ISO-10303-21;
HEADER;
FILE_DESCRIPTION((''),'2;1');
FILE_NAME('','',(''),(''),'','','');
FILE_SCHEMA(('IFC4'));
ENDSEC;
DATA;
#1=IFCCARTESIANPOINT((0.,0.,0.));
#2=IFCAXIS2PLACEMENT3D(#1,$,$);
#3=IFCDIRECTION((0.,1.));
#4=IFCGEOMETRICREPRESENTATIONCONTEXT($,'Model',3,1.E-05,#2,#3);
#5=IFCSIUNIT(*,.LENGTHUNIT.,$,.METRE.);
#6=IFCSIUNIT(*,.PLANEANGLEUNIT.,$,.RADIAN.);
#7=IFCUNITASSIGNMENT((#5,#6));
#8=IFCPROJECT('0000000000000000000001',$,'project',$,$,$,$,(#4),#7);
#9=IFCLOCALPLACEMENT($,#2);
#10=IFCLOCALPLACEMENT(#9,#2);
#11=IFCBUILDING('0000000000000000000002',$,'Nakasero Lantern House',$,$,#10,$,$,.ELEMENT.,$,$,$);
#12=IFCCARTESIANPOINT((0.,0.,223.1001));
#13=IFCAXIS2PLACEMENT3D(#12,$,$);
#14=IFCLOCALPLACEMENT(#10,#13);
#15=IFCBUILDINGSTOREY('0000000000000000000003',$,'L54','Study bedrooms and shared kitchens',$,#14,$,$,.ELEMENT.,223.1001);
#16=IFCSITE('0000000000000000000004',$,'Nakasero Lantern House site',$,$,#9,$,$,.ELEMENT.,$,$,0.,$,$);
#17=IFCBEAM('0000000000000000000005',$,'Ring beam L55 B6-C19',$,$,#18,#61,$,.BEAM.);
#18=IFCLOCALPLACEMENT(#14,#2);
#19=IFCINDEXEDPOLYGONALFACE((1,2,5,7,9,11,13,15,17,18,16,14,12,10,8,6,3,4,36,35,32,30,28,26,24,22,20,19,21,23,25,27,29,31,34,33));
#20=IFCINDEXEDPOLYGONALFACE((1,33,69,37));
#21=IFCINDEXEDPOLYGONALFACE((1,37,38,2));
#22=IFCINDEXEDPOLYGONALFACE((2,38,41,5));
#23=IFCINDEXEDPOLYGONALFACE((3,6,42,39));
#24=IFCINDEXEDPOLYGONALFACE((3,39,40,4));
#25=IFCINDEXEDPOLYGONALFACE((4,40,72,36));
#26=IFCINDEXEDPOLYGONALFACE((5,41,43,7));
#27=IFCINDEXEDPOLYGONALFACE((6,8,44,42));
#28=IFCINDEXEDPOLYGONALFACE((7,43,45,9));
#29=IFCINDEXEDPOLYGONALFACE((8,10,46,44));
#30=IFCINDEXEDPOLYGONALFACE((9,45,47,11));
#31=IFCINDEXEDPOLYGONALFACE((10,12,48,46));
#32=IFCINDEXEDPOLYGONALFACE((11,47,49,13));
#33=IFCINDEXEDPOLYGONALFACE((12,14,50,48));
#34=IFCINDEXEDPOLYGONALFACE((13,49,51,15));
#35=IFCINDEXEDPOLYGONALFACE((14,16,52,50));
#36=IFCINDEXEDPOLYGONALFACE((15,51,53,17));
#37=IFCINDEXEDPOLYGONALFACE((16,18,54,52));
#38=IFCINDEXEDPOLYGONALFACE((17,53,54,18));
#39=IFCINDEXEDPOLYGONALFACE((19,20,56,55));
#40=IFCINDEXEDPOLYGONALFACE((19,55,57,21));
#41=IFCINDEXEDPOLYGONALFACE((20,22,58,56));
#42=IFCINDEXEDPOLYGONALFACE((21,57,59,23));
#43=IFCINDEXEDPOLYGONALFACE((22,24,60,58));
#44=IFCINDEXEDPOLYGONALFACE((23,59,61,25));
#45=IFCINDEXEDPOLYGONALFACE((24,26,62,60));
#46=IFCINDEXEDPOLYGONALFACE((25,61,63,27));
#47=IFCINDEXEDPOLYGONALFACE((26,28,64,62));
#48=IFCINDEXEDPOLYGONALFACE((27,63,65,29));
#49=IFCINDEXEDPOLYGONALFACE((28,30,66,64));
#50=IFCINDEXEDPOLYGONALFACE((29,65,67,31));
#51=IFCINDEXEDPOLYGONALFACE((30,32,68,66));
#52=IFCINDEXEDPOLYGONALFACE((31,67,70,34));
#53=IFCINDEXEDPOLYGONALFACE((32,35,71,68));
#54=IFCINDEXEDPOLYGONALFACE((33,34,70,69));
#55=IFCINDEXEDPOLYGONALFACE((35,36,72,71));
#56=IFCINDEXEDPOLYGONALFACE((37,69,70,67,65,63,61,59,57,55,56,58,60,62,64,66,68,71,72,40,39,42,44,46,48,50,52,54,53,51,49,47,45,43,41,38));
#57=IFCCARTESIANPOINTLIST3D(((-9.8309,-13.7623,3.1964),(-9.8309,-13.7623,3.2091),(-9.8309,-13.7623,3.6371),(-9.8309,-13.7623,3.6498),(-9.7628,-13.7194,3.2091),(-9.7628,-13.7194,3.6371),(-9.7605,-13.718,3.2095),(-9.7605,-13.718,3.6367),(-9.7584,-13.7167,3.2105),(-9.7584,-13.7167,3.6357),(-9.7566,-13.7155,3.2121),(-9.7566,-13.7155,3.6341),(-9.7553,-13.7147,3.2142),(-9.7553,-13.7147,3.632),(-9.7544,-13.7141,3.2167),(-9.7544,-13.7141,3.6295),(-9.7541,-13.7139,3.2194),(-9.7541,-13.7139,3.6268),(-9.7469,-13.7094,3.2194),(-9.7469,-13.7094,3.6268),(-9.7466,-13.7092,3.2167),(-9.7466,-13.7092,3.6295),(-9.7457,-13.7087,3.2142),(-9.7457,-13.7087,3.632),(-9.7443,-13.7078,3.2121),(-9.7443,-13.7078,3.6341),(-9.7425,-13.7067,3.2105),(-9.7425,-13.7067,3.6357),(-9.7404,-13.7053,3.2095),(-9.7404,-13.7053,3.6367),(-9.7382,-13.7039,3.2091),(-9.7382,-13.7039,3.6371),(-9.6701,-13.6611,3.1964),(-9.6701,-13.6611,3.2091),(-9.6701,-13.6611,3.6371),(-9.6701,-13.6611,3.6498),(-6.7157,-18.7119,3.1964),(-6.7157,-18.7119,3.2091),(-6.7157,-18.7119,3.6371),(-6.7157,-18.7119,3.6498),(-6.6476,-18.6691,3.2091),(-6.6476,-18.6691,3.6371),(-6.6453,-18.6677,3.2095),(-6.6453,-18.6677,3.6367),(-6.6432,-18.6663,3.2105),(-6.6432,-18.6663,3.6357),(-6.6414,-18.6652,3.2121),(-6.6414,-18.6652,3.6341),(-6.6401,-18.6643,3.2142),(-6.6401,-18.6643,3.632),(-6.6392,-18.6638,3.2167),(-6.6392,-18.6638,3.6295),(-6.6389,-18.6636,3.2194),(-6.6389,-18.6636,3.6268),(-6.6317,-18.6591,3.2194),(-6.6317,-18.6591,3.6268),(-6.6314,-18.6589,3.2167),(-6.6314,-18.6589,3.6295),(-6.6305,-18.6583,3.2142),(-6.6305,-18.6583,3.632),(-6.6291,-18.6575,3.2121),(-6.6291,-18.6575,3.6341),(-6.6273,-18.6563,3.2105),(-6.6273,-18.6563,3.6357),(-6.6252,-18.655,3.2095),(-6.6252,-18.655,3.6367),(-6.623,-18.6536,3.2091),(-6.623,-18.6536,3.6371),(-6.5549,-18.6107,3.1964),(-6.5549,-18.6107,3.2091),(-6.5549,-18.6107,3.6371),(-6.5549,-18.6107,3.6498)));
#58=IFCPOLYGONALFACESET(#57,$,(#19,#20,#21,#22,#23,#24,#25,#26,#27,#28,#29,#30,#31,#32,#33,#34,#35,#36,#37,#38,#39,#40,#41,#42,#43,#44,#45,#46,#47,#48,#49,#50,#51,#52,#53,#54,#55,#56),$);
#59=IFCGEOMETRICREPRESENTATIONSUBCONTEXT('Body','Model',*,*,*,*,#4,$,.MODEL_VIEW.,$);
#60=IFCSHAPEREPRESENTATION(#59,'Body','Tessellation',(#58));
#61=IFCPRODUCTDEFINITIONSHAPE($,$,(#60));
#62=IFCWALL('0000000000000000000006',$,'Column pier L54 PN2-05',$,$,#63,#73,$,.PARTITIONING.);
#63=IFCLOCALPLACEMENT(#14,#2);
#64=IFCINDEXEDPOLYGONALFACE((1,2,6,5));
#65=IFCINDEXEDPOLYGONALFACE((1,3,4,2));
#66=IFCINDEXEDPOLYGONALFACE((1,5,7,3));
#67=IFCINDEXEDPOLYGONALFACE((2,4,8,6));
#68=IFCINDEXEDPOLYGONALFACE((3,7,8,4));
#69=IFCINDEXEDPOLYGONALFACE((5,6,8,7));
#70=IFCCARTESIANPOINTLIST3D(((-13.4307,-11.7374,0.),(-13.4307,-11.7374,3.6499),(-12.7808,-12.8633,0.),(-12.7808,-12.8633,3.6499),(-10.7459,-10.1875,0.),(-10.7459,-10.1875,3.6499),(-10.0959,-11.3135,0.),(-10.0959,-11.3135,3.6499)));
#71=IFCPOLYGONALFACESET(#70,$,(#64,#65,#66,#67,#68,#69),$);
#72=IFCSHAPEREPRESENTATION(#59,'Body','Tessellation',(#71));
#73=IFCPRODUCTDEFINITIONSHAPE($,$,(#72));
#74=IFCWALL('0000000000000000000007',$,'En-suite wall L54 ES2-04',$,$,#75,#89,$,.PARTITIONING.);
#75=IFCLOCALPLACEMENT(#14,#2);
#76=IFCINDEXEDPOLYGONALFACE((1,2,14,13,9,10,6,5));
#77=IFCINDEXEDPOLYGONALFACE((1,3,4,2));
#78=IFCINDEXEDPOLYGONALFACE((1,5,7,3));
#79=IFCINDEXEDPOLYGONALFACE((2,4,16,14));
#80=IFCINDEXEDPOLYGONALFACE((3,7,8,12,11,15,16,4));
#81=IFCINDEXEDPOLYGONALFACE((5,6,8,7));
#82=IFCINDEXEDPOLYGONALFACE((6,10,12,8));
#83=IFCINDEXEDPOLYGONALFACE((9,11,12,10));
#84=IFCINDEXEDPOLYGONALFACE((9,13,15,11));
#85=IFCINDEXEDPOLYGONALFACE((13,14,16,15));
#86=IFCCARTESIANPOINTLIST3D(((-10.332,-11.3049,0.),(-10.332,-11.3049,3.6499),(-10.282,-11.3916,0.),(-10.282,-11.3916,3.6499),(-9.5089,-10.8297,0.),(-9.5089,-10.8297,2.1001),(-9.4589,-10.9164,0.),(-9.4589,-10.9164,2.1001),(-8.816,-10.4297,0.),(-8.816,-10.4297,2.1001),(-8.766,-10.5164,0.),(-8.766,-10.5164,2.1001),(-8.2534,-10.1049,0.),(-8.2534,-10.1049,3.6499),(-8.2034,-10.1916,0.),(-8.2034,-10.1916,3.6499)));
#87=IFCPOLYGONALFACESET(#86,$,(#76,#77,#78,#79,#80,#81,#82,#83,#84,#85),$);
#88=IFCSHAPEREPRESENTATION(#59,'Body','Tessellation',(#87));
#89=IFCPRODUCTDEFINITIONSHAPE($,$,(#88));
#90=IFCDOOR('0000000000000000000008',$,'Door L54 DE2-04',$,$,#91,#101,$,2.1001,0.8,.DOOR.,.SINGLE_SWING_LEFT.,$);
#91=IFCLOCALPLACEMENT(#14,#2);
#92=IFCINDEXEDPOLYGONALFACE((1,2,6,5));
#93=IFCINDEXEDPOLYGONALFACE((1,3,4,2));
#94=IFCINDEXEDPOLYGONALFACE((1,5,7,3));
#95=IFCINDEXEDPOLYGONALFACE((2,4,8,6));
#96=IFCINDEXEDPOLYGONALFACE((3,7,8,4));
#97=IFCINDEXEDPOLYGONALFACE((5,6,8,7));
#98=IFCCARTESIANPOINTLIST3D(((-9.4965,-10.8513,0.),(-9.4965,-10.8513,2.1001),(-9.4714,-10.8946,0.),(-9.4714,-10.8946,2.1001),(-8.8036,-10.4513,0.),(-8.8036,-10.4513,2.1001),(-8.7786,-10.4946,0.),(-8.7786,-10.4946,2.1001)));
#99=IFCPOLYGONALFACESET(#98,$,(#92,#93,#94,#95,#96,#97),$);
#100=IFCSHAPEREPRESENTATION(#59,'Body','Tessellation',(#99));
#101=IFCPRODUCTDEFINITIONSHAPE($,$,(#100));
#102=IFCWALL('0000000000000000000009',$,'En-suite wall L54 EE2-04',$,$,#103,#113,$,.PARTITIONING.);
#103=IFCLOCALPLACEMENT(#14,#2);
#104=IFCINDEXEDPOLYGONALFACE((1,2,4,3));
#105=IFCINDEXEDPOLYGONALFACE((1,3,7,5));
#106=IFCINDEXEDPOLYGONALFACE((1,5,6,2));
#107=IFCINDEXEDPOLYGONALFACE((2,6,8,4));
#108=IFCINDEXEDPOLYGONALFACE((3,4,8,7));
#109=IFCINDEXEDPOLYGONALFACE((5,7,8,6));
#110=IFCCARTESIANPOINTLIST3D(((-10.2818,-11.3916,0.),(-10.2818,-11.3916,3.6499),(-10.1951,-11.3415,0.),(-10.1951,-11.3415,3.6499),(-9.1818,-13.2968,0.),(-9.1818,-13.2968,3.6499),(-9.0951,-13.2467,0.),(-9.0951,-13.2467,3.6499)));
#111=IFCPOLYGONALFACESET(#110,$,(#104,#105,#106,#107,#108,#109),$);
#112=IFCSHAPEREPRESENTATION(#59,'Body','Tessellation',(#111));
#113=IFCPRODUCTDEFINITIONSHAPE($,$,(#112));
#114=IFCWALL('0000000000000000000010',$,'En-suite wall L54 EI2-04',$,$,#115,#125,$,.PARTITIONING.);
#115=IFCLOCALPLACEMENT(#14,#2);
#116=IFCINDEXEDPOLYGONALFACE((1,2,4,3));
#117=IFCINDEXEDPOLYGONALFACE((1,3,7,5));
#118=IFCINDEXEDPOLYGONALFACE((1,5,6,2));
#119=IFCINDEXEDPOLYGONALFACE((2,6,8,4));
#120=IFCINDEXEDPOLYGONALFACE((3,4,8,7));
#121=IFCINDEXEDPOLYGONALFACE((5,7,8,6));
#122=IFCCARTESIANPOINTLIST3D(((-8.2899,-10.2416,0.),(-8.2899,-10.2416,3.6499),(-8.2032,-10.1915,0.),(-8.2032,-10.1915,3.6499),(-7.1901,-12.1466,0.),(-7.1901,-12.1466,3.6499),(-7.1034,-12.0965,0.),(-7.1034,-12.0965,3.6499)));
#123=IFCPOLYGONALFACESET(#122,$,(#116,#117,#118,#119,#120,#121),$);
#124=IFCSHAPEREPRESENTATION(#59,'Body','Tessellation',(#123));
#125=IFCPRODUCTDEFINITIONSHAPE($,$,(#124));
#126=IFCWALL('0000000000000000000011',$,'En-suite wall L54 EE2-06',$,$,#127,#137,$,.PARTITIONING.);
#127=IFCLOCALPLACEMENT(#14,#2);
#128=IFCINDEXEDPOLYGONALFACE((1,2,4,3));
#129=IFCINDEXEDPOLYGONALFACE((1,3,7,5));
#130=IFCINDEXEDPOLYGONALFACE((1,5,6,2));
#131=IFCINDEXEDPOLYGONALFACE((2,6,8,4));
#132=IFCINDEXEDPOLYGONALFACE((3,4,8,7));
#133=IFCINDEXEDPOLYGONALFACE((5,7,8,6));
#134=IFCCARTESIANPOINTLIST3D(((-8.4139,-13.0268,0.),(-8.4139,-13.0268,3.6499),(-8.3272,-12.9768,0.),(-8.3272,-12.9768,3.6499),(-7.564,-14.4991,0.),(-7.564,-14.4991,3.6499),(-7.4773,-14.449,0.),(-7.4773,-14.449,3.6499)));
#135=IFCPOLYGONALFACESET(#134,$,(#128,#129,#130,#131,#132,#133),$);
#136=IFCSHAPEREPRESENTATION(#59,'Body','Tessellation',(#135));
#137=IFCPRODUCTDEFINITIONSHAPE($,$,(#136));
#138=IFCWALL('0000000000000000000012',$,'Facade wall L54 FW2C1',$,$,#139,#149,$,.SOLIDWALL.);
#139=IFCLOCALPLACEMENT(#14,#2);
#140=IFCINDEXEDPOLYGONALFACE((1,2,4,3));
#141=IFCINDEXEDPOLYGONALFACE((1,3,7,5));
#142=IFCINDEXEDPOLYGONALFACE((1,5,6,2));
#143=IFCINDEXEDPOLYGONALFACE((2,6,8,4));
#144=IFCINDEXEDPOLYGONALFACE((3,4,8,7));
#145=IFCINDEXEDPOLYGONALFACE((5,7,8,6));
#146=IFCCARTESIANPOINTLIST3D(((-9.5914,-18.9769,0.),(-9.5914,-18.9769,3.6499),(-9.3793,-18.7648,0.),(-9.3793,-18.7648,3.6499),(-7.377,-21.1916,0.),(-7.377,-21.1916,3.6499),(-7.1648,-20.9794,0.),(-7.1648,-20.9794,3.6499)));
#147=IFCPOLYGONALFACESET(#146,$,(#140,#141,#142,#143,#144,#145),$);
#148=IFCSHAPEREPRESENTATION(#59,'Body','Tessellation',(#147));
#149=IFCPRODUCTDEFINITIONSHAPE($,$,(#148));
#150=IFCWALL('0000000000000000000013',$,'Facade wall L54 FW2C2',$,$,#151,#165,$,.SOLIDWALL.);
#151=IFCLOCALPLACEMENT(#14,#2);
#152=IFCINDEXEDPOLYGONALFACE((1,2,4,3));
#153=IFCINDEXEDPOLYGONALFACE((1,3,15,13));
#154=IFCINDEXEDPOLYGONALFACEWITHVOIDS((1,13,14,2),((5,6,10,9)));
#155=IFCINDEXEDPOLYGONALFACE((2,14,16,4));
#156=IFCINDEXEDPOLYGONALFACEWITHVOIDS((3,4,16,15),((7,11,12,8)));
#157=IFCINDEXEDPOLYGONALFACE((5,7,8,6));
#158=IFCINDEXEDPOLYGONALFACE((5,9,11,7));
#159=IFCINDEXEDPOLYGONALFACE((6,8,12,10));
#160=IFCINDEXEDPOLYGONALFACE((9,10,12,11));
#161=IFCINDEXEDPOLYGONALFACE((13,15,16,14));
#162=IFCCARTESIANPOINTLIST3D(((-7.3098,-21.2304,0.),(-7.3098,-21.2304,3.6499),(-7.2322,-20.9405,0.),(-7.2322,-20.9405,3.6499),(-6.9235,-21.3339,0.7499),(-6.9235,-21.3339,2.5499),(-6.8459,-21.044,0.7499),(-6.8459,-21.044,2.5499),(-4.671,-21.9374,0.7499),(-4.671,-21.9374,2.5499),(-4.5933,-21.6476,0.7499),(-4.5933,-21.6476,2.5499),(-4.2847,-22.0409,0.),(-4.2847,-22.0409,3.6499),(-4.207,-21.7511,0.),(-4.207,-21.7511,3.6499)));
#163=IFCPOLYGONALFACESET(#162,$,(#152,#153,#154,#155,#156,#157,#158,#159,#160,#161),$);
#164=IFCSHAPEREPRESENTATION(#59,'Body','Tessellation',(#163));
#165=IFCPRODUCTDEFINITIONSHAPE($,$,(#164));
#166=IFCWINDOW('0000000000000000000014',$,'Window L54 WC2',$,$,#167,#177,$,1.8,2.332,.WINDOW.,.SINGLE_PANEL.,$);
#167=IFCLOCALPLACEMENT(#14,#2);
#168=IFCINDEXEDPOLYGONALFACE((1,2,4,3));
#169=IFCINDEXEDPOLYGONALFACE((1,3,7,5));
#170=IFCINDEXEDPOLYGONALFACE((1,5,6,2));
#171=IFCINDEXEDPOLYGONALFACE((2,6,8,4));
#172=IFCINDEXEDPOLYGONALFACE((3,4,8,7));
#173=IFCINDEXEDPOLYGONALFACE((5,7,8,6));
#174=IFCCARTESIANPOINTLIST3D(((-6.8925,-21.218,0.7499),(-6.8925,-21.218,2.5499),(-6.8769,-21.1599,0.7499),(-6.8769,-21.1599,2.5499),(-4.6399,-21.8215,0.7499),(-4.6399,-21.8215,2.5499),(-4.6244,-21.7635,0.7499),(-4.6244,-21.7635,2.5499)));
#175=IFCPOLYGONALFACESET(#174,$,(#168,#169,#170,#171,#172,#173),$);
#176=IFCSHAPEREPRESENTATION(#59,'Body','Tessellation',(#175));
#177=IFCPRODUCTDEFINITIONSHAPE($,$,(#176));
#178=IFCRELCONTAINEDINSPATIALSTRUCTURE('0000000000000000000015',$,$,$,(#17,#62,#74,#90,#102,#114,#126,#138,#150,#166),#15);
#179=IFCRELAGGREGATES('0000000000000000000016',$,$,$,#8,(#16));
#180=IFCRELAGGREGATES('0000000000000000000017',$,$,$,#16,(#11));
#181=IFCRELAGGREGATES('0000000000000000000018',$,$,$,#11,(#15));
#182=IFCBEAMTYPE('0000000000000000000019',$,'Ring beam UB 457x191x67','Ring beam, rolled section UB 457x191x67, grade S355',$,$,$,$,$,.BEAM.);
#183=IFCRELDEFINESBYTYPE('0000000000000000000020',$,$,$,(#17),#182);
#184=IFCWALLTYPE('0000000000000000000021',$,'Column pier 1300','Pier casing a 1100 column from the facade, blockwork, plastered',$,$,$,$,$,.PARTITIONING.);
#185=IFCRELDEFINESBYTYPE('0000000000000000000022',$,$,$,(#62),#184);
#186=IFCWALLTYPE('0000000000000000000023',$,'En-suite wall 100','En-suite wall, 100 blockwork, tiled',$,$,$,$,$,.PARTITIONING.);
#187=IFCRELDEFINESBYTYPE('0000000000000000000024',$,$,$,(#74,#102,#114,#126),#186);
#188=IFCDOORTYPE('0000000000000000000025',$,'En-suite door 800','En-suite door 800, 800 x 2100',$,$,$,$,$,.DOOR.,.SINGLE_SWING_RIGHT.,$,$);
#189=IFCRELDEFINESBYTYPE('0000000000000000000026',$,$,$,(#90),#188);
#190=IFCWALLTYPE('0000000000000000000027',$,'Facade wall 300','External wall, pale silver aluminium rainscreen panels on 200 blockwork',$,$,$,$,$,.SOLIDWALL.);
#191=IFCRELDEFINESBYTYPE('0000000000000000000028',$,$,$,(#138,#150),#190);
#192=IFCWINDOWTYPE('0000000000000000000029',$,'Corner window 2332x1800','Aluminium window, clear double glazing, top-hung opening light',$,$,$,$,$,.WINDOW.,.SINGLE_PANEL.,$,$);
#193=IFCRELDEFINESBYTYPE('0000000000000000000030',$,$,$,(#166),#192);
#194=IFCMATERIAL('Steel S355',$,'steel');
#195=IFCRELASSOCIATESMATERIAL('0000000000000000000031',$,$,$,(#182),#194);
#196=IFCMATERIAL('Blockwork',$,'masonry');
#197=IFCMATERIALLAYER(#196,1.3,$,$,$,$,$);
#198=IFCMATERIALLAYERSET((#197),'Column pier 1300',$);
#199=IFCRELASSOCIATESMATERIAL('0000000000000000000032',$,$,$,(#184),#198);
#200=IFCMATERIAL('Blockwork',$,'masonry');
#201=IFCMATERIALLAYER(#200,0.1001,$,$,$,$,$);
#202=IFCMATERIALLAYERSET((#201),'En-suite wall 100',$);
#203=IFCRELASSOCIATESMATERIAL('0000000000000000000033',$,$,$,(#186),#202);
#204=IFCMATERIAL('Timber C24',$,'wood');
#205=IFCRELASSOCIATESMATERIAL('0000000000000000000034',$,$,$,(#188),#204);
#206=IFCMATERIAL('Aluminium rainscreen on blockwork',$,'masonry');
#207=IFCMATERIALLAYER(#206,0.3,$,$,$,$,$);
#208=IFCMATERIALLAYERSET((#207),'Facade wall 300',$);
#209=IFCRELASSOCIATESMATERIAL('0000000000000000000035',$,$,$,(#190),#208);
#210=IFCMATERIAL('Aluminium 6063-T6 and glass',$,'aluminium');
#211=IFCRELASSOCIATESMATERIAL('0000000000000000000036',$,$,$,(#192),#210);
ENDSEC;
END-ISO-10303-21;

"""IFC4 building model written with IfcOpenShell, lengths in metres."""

from ifc_helpers import new_model, si_unit, direction, frame, frame_2d, origin, origin_2d, place, context, subcontext, project, spatial, rectangle, i_section, extrude, material, layer, layer_set, material_profile, profile_set, type_object, element, fill, save


model = new_model("IFC4")

# Units and contexts
model_context = context("Model", 3, precision=1e-05, world=origin(), true_north=direction((0.0, 1.0)))
body_context = subcontext(model_context, "Body", "Model", "MODEL_VIEW")
ifc_project = project(units=[si_unit("LENGTHUNIT", "METRE"), si_unit("PLANEANGLEUNIT", "RADIAN")], contexts=[model_context])

# Site, building, storey
site_placement = place(None, origin())
site = spatial("IfcSite", under=ifc_project, at=site_placement, Name="Nakasero Lantern House site", CompositionType="ELEMENT", RefElevation=0.0)
building_placement = place(site_placement, origin())
building = spatial("IfcBuilding", under=site, at=building_placement, Name="Nakasero Lantern House", CompositionType="ELEMENT")
storey_placement = place(building_placement, frame((0.0, 0.0, 223.1001)))
storey = spatial("IfcBuildingStorey", under=building, at=storey_placement, Name="L54", Description="Study bedrooms and shared kitchens", CompositionType="ELEMENT", Elevation=223.1001)

# Beam
ifc_material_1 = material(Name="Steel S355", Category="steel")
ifc_material_profile_1 = material_profile(ifc_material_1, i_section(OverallWidth=0.1899, OverallDepth=0.4534, WebThickness=0.0085, FlangeThickness=0.0127, FilletRadius=0.0103, at=origin_2d()), Name="UB 457x191x67")
ifc_profile_set_1 = profile_set([ifc_material_profile_1], Name="Steel S355")
beam_type_1 = type_object("IfcBeamType", Name="Ring beam UB 457x191x67", Description="Ring beam, rolled section UB 457x191x67, grade S355", PredefinedType="BEAM", material=ifc_profile_set_1)
beam_1_placement = place(storey_placement, frame((-9.7505, -13.7117, 3.4231), z_axis=(0.53266, -0.846329, 0.0), x_axis=(0.846329, 0.53266, 0.0)))
element("IfcBeam", 1, at=beam_1_placement, inside=storey, type_object=beam_type_1, Name="Ring beam L55 B6-C19", PredefinedType="BEAM", context=body_context, shape_type="SweptSolid", body=[
    extrude(i_section(OverallWidth=0.1899, OverallDepth=0.4534, WebThickness=0.0085, FlangeThickness=0.0127, FilletRadius=0.0103, at=origin_2d()), origin(), (0.0, 0.0, 1.0), 5.8484),
])

# Wall
ifc_material_2 = material(Name="Blockwork", Category="masonry")
ifc_layer_1 = layer(ifc_material_2, 1.3)
ifc_layer_set_1 = layer_set([ifc_layer_1], Name="Column pier 1300")
wall_type_1 = type_object("IfcWallType", Name="Column pier 1300", Description="Pier casing a 1100 column from the facade, blockwork, plastered", PredefinedType="PARTITIONING", material=ifc_layer_set_1)
wall_1_placement = place(storey_placement, frame((-10.4209, -10.7505, 0.0), z_axis=(0.0, 0.0, 1.0), x_axis=(-0.866064, -0.499934, 0.0)))
element("IfcWall", 2, at=wall_1_placement, inside=storey, type_object=wall_type_1, Name="Column pier L54 PN2-05", PredefinedType="PARTITIONING", context=body_context, shape_type="SweptSolid", body=[
    extrude(rectangle(XDim=3.1001, YDim=1.3, at=frame_2d((1.55, 0.0))), origin(), (0.0, 0.0, 1.0), 3.6499),
])

# Wall, opening, door
ifc_material_3 = material(Name="Blockwork", Category="masonry")
ifc_layer_2 = layer(ifc_material_3, 0.1001)
ifc_layer_set_2 = layer_set([ifc_layer_2], Name="En-suite wall 100")
wall_type_2 = type_object("IfcWallType", Name="En-suite wall 100", Description="En-suite wall, 100 blockwork, tiled", PredefinedType="PARTITIONING", material=ifc_layer_set_2)
wall_2_placement = place(storey_placement, frame((-8.2283, -10.1482, 0.0), z_axis=(0.0, 0.0, 1.0), x_axis=(-0.86605, -0.499957, 0.0)))
wall_2 = element("IfcWall", 3, at=wall_2_placement, inside=storey, type_object=wall_type_2, Name="En-suite wall L54 ES2-04", PredefinedType="PARTITIONING", context=body_context, shape_type="SweptSolid", body=[
    extrude(rectangle(XDim=2.4001, YDim=0.1001, at=frame_2d((1.2002, 0.0))), origin(), (0.0, 0.0, 1.0), 3.6499),
])
opening_1_placement = place(wall_2_placement, frame((0.6499, 0.0, 0.0)))
opening_1 = element("IfcOpeningElement", 4, at=opening_1_placement, cuts=wall_2, PredefinedType="OPENING", context=body_context, shape_type="SweptSolid", body=[
    extrude(rectangle(XDim=0.8, YDim=2.1001, at=frame_2d((0.3999, 1.05))), frame((0.0, 0.0701, 0.0), z_axis=(0.0, -1.0, 0.0), x_axis=(1.0, 0.0, 0.0)), (0.0, 0.0, 1.0), 0.1401),
])
ifc_material_4 = material(Name="Timber C24", Category="wood")
door_type = type_object("IfcDoorType", Name="En-suite door 800", Description="En-suite door 800, 800 x 2100", OperationType="SINGLE_SWING_RIGHT", PredefinedType="DOOR", material=ifc_material_4)
door_placement = place(opening_1_placement, origin())
door = element("IfcDoor", 5, at=door_placement, inside=storey, type_object=door_type, Name="Door L54 DE2-04", OperationType="SINGLE_SWING_LEFT", OverallHeight=2.1001, OverallWidth=0.8, PredefinedType="DOOR", context=body_context, shape_type="SweptSolid", body=[
    extrude(rectangle(XDim=0.8, YDim=2.1001, at=frame_2d((0.3999, 1.05))), frame((0.0, 0.0249, 0.0), z_axis=(0.0, -1.0, 0.0), x_axis=(1.0, 0.0, 0.0)), (0.0, 0.0, 1.0), 0.05),
])
fill(opening_1, door)

# Walls
wall_3_placement = place(storey_placement, frame((-10.2385, -11.3665, 0.0), z_axis=(0.0, 0.0, 1.0), x_axis=(0.50003, -0.866008, 0.0)))
element("IfcWall", 6, at=wall_3_placement, inside=storey, type_object=wall_type_2, Name="En-suite wall L54 EE2-04", PredefinedType="PARTITIONING", context=body_context, shape_type="SweptSolid", body=[
    extrude(rectangle(XDim=2.2, YDim=0.1001, at=frame_2d((1.1001, 0.0))), origin(), (0.0, 0.0, 1.0), 3.6499),
])
wall_4_placement = place(storey_placement, frame((-8.2466, -10.2166, 0.0), z_axis=(0.0, 0.0, 1.0), x_axis=(0.499995, -0.866028, 0.0)))
element("IfcWall", 7, at=wall_4_placement, inside=storey, type_object=wall_type_2, Name="En-suite wall L54 EI2-04", PredefinedType="PARTITIONING", context=body_context, shape_type="SweptSolid", body=[
    extrude(rectangle(XDim=2.1997, YDim=0.1001, at=frame_2d((1.0999, 0.0))), origin(), (0.0, 0.0, 1.0), 3.6499),
])
wall_5_placement = place(storey_placement, frame((-8.3706, -13.0017, 0.0), z_axis=(0.0, 0.0, 1.0), x_axis=(0.499955, -0.866052, 0.0)))
element("IfcWall", 8, at=wall_5_placement, inside=storey, type_object=wall_type_2, Name="En-suite wall L54 EE2-06", PredefinedType="PARTITIONING", context=body_context, shape_type="SweptSolid", body=[
    extrude(rectangle(XDim=1.7, YDim=0.1001, at=frame_2d((0.8501, 0.0))), origin(), (0.0, 0.0, 1.0), 3.6499),
])
ifc_material_5 = material(Name="Aluminium rainscreen on blockwork", Category="masonry")
ifc_layer_3 = layer(ifc_material_5, 0.3)
ifc_layer_set_3 = layer_set([ifc_layer_3], Name="Facade wall 300")
wall_type_3 = type_object("IfcWallType", Name="Facade wall 300", Description="External wall, pale silver aluminium rainscreen panels on 200 blockwork", PredefinedType="SOLIDWALL", material=ifc_layer_set_3)
wall_6_placement = place(storey_placement, frame((-9.4854, -18.8708, 0.0), z_axis=(0.0, 0.0, 1.0), x_axis=(0.707068, -0.707146, 0.0)))
element("IfcWall", 9, at=wall_6_placement, inside=storey, type_object=wall_type_3, Name="Facade wall L54 FW2C1", PredefinedType="SOLIDWALL", context=body_context, shape_type="SweptSolid", body=[
    extrude(rectangle(XDim=3.1318, YDim=0.3, at=frame_2d((1.5659, 0.0))), origin(), (0.0, 0.0, 1.0), 3.6499),
])

# Wall, opening, window
wall_7_placement = place(storey_placement, frame((-7.271, -21.0854, 0.0), z_axis=(0.0, 0.0, 1.0), x_axis=(0.965929, -0.258808, 0.0)))
wall_7 = element("IfcWall", 10, at=wall_7_placement, inside=storey, type_object=wall_type_3, Name="Facade wall L54 FW2C2", PredefinedType="SOLIDWALL", context=body_context, shape_type="SweptSolid", body=[
    extrude(rectangle(XDim=3.1318, YDim=0.3, at=frame_2d((1.5659, 0.0))), origin(), (0.0, 0.0, 1.0), 3.6499),
])
opening_2_placement = place(wall_7_placement, frame((0.3999, 0.0, 0.75)))
opening_2 = element("IfcOpeningElement", 11, at=opening_2_placement, cuts=wall_7, PredefinedType="OPENING", context=body_context, shape_type="SweptSolid", body=[
    extrude(rectangle(XDim=2.332, YDim=1.8, at=frame_2d((1.166, 0.8999))), frame((0.0, 0.1699, 0.0), z_axis=(0.0, -1.0, 0.0), x_axis=(1.0, 0.0, 0.0)), (0.0, 0.0, 1.0), 0.3401),
])
ifc_material_6 = material(Name="Aluminium 6063-T6 and glass", Category="aluminium")
window_type = type_object("IfcWindowType", Name="Corner window 2332x1800", Description="Aluminium window, clear double glazing, top-hung opening light", PartitioningType="SINGLE_PANEL", PredefinedType="WINDOW", material=ifc_material_6)
window_placement = place(opening_2_placement, origin())
window = element("IfcWindow", 12, at=window_placement, inside=storey, type_object=window_type, Name="Window L54 WC2", OverallHeight=1.8, OverallWidth=2.332, PartitioningType="SINGLE_PANEL", PredefinedType="WINDOW", context=body_context, shape_type="SweptSolid", body=[
    extrude(rectangle(XDim=2.332, YDim=1.8, at=frame_2d((1.166, 0.8999))), frame((0.0, 0.03, 0.0), z_axis=(0.0, -1.0, 0.0), x_axis=(1.0, 0.0, 0.0)), (0.0, 0.0, 1.0), 0.0601),
])
fill(opening_2, window)

save(model, "model.ifc")
